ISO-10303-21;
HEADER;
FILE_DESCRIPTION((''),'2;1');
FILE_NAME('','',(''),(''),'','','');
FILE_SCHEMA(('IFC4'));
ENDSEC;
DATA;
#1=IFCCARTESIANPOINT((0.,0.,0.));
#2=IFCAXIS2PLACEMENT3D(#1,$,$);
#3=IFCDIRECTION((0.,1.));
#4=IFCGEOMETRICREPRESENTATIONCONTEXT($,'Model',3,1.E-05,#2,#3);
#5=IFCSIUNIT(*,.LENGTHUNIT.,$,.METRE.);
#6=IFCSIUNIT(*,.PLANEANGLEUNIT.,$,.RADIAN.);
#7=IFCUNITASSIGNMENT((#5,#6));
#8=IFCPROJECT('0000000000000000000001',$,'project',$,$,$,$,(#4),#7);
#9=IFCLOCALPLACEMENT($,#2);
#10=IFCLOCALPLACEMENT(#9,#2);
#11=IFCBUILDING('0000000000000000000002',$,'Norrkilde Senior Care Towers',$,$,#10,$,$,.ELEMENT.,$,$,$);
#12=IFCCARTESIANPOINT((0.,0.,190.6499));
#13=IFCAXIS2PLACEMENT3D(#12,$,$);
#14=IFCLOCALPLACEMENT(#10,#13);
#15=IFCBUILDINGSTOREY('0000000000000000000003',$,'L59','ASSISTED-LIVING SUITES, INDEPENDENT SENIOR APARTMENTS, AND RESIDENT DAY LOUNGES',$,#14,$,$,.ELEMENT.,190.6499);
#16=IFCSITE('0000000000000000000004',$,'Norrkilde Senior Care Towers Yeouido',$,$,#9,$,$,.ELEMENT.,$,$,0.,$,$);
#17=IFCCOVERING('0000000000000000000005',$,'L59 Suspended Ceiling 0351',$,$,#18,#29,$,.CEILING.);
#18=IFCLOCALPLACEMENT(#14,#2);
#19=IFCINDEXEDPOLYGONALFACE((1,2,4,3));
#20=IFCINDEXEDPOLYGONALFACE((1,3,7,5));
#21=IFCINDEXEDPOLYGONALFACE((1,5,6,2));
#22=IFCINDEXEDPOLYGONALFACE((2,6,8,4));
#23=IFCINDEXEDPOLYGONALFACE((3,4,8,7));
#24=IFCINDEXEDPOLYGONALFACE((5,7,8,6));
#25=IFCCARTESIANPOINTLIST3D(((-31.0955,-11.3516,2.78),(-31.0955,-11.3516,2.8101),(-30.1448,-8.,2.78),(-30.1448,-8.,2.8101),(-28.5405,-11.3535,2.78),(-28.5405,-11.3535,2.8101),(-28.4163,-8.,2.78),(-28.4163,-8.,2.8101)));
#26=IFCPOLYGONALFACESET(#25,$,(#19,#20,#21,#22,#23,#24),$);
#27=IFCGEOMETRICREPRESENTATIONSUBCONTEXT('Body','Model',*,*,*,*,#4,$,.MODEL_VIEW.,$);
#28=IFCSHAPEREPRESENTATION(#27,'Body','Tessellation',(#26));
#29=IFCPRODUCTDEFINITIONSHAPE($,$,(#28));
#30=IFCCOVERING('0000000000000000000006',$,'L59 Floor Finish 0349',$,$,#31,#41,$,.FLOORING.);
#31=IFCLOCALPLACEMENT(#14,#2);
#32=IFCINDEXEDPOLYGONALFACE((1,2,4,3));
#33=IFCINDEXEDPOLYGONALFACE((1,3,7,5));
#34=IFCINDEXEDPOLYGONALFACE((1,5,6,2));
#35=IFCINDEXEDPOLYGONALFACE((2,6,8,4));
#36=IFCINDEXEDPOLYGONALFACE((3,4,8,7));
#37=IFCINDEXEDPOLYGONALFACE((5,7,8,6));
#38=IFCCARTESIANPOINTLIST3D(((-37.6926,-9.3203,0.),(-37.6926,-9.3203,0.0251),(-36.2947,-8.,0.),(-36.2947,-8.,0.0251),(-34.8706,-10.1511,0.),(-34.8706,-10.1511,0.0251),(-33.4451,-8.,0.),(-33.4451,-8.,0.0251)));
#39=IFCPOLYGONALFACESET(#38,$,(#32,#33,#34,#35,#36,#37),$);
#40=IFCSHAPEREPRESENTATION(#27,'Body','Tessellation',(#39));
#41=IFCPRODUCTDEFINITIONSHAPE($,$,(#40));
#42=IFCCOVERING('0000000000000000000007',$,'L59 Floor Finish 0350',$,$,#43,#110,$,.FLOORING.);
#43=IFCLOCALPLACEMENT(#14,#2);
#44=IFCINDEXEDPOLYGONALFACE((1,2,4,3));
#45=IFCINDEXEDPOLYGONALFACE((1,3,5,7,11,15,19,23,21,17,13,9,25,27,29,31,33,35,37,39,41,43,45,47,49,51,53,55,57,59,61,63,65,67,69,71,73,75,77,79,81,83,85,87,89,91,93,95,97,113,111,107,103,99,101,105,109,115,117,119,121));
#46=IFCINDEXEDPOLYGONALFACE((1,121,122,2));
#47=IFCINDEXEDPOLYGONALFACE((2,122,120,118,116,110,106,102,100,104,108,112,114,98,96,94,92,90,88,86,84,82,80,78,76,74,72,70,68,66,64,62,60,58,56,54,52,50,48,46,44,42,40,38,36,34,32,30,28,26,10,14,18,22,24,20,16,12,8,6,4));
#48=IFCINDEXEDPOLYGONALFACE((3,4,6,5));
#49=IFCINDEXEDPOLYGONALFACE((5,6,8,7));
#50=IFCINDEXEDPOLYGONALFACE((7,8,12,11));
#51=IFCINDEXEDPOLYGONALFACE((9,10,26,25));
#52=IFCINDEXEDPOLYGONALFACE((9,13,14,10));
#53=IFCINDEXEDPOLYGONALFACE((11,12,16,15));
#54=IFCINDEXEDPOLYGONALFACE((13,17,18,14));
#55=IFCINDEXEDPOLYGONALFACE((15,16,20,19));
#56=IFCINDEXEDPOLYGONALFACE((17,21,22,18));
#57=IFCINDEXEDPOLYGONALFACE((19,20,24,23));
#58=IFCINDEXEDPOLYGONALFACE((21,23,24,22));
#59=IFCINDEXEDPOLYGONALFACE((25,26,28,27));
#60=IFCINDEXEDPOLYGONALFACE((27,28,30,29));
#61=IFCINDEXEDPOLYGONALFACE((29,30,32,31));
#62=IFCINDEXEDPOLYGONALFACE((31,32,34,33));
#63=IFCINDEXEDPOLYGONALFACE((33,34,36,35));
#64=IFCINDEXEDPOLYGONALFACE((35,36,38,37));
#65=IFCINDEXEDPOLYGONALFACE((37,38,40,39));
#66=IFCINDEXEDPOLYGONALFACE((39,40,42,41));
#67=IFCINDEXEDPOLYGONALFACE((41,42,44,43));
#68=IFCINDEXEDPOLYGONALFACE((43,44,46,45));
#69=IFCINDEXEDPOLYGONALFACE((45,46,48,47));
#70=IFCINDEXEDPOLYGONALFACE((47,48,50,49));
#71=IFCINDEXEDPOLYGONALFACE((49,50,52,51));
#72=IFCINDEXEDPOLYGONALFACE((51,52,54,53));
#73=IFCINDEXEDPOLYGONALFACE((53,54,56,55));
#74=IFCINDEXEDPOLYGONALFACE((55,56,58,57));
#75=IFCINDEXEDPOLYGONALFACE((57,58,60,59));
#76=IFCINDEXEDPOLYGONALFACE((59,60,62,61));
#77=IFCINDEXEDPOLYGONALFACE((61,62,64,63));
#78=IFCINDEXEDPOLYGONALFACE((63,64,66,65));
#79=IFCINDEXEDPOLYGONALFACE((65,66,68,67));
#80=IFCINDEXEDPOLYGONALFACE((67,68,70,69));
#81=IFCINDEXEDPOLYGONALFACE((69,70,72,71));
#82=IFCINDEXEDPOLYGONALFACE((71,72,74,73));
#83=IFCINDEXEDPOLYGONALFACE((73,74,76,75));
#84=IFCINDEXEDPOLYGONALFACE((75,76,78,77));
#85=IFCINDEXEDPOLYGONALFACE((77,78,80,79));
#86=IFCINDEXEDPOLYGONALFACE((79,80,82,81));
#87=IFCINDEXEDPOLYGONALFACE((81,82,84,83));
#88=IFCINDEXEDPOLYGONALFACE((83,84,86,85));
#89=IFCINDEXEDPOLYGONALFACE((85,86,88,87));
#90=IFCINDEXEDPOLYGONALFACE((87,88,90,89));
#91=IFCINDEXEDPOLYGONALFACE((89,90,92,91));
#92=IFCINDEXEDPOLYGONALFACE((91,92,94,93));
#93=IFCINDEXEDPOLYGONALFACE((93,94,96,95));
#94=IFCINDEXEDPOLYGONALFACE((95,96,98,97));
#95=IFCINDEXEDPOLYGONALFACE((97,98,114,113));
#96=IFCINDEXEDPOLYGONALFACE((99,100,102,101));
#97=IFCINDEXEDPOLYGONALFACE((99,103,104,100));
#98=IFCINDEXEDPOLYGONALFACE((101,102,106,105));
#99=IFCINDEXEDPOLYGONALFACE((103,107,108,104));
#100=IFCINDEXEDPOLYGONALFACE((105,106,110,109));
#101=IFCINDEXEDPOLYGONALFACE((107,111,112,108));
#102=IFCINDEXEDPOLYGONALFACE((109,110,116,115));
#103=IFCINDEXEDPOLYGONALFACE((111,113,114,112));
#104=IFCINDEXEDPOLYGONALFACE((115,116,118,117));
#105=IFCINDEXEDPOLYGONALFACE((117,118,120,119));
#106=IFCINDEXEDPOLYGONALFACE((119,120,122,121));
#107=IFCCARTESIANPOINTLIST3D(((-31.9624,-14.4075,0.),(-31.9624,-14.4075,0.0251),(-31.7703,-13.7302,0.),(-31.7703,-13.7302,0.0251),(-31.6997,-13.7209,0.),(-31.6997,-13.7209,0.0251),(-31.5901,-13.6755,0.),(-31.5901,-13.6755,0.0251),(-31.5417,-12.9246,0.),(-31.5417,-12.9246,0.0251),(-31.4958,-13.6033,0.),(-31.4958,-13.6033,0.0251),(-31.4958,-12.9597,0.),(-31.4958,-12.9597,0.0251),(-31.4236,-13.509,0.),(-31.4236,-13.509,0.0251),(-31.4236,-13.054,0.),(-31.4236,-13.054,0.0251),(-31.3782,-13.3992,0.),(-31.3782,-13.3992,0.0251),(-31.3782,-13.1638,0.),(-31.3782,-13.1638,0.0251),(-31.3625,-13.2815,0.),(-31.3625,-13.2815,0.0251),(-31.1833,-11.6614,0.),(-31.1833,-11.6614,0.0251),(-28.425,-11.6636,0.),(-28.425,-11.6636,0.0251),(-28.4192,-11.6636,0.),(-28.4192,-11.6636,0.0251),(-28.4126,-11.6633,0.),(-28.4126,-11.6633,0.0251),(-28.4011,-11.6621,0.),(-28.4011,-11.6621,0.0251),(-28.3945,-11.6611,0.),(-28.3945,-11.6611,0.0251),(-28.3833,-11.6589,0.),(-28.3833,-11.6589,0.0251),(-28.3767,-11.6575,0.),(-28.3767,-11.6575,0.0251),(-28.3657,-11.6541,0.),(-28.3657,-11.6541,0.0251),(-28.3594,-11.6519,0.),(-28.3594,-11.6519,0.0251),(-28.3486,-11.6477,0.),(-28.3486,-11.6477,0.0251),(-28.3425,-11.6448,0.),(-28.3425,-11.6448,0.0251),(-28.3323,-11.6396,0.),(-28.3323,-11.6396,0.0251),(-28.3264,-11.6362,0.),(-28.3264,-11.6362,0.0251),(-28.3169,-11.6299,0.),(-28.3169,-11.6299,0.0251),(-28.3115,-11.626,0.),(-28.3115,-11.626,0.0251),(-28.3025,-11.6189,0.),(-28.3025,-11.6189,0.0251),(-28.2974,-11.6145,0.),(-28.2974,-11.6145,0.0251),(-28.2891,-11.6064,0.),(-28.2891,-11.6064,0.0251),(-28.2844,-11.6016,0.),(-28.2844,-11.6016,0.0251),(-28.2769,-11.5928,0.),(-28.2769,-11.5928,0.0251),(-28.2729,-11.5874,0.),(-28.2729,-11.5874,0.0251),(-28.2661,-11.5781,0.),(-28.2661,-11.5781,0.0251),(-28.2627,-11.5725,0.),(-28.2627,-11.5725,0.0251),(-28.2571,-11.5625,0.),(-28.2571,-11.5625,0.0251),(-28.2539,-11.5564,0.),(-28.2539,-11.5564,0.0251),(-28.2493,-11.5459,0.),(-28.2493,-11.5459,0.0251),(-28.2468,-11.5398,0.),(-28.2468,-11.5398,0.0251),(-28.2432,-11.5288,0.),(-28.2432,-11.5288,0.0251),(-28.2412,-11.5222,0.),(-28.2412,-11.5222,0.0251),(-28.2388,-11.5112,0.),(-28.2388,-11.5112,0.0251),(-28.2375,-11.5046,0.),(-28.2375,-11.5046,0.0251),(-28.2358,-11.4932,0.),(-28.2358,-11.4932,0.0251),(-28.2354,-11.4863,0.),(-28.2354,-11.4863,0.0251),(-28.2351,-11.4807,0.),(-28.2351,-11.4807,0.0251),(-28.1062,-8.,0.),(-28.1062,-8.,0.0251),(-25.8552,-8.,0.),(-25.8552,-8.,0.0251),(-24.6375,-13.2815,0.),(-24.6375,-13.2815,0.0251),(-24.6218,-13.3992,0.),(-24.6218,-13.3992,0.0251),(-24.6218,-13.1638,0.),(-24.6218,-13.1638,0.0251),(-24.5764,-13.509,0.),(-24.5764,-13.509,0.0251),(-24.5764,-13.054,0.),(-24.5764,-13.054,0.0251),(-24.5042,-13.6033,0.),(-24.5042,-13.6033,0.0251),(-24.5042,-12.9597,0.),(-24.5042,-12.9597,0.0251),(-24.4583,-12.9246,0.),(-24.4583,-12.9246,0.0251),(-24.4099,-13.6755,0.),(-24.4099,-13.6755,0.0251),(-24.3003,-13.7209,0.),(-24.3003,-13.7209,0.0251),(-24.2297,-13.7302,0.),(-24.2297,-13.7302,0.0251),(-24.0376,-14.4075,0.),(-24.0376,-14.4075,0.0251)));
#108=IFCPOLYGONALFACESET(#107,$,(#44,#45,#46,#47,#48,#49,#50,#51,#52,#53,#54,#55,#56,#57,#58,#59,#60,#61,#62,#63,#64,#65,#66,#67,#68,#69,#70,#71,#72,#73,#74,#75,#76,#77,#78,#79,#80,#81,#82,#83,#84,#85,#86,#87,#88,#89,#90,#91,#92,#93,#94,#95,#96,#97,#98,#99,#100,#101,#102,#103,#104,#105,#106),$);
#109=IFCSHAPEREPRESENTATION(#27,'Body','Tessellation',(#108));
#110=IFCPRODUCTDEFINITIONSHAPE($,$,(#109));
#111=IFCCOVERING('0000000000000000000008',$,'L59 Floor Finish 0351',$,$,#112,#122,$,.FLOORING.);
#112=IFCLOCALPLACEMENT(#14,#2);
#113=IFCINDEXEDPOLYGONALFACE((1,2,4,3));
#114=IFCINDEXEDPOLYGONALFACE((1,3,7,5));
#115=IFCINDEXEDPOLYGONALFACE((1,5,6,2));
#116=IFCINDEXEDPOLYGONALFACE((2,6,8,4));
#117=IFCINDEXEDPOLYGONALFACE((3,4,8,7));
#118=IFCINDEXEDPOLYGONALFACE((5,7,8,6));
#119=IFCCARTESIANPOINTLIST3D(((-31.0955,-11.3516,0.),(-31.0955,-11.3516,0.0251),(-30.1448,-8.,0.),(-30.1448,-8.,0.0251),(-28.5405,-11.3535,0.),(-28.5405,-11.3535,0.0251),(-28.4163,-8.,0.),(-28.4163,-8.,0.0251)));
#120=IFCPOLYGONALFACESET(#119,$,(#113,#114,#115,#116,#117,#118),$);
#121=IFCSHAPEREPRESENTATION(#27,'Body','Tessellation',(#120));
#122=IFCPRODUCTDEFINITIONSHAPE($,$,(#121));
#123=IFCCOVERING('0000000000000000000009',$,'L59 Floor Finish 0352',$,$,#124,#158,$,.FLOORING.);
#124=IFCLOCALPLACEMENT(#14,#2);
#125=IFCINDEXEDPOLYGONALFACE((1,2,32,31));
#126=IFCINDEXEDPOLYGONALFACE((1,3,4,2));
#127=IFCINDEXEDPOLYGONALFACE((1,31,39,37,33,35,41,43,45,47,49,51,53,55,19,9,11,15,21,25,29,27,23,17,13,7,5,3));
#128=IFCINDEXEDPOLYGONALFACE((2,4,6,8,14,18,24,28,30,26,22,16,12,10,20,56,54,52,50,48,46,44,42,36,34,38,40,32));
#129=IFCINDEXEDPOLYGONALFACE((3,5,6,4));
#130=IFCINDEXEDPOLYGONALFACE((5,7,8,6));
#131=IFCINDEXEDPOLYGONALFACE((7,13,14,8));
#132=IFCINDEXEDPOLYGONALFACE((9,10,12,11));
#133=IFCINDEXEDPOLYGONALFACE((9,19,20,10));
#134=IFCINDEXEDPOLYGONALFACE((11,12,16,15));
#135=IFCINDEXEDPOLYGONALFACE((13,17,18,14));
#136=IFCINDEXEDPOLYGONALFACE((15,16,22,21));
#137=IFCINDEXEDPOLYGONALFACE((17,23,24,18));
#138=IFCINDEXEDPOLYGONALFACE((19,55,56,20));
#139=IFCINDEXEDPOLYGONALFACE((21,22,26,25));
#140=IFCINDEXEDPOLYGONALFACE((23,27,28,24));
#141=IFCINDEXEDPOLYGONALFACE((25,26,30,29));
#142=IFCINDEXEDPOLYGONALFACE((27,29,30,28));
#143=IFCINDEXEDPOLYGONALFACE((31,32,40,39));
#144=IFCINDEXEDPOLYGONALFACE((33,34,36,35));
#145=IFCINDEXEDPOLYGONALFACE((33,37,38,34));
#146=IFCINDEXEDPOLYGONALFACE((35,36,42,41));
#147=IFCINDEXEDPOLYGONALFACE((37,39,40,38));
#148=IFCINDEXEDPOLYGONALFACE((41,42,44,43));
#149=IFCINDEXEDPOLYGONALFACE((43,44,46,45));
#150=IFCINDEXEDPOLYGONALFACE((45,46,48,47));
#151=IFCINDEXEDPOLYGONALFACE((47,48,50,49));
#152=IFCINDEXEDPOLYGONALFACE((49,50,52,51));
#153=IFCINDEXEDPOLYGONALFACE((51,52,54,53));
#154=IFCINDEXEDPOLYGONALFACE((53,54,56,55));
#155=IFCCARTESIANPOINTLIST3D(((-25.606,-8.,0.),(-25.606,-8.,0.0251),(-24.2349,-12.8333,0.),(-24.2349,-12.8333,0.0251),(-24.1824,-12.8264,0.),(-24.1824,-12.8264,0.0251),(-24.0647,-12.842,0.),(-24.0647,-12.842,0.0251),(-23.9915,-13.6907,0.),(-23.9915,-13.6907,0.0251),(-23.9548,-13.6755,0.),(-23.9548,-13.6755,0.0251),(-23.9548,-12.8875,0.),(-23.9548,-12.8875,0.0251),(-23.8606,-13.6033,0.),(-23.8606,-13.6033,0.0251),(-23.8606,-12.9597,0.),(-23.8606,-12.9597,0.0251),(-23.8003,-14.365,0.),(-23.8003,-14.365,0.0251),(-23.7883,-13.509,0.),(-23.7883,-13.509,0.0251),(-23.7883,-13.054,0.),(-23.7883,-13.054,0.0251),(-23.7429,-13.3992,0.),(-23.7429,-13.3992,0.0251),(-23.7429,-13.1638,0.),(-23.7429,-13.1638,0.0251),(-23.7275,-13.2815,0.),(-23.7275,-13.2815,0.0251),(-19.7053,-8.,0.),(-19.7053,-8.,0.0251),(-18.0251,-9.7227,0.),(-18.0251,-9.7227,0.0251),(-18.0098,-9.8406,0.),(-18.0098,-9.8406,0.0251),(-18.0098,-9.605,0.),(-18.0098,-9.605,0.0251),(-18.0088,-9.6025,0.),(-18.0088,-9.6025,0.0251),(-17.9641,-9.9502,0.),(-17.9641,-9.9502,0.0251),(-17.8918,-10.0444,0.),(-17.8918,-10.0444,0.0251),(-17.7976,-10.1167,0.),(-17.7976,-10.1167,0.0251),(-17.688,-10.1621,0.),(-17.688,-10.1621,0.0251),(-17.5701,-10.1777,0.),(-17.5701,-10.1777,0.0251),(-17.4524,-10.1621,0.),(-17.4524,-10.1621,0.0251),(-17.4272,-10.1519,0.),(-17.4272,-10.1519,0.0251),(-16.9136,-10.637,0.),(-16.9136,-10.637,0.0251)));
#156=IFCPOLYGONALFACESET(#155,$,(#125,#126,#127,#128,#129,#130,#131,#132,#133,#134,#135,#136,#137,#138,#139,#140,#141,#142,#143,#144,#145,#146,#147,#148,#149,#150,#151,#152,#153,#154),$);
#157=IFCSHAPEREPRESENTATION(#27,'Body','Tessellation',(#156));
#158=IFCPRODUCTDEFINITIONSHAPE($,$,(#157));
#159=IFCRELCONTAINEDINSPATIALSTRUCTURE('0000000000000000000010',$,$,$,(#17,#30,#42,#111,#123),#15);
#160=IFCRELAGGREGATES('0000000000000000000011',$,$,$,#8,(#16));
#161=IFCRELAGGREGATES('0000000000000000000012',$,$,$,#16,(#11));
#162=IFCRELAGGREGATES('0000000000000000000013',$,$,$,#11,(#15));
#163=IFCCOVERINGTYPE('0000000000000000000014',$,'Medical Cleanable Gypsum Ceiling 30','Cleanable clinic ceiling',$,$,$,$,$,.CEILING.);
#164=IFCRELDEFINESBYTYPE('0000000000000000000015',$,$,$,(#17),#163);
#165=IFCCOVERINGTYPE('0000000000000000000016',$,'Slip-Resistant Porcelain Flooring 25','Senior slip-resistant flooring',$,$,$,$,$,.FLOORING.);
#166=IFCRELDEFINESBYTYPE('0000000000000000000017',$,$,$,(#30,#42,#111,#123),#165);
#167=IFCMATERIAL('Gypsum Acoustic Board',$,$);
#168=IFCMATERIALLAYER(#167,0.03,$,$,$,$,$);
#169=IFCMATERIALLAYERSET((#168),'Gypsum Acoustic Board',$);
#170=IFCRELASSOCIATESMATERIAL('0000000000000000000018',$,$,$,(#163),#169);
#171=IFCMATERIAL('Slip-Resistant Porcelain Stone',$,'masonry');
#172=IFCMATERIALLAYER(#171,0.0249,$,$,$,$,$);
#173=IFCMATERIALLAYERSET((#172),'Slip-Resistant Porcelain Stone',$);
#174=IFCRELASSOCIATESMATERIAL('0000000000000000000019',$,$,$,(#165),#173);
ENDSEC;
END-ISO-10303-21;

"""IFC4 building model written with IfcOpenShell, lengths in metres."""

from ifc_helpers import new_model, si_unit, direction, frame, origin, place, context, subcontext, project, spatial, polyline, outline, extrude, material, layer, layer_set, type_object, element, save


model = new_model("IFC4")

# Units and contexts
model_context = context("Model", 3, precision=1e-05, world=origin(), true_north=direction((0.0, 1.0)))
body_context = subcontext(model_context, "Body", "Model", "MODEL_VIEW")
ifc_project = project(units=[si_unit("LENGTHUNIT", "METRE"), si_unit("PLANEANGLEUNIT", "RADIAN")], contexts=[model_context])

# Site, building, storey
site_placement = place(None, origin())
site = spatial("IfcSite", under=ifc_project, at=site_placement, Name="Norrkilde Senior Care Towers Yeouido", CompositionType="ELEMENT", RefElevation=0.0)
building_placement = place(site_placement, origin())
building = spatial("IfcBuilding", under=site, at=building_placement, Name="Norrkilde Senior Care Towers", CompositionType="ELEMENT")
storey_placement = place(building_placement, frame((0.0, 0.0, 190.6499)))
storey = spatial("IfcBuildingStorey", under=building, at=storey_placement, Name="L59", Description="ASSISTED-LIVING SUITES, INDEPENDENT SENIOR APARTMENTS, AND RESIDENT DAY LOUNGES", CompositionType="ELEMENT", Elevation=190.6499)

# Shared definitions
ifc_material_1 = material(Name="Gypsum Acoustic Board")

# Coverings
ifc_layer_1 = layer(ifc_material_1, 0.03)
ifc_layer_set_1 = layer_set([ifc_layer_1], Name="Gypsum Acoustic Board")
covering_type_1 = type_object("IfcCoveringType", Name="Medical Cleanable Gypsum Ceiling 30", Description="Cleanable clinic ceiling", PredefinedType="CEILING", material=ifc_layer_set_1)
covering_1_placement = place(storey_placement, frame((0.0, 0.0, 2.78)))
element("IfcCovering", 1, at=covering_1_placement, inside=storey, type_object=covering_type_1, Name="L59 Suspended Ceiling 0351", PredefinedType="CEILING", context=body_context, shape_type="SweptSolid", body=[
    extrude(outline(polyline([(-31.0955, -11.3516), (-30.1448, -8.0), (-28.4163, -8.0), (-28.5405, -11.3535), (-31.0955, -11.3516)])), origin(), (0.0, 0.0, 1.0), 0.03),
])
ifc_material_2 = material(Name="Slip-Resistant Porcelain Stone", Category="masonry")
ifc_layer_2 = layer(ifc_material_2, 0.0249)
ifc_layer_set_2 = layer_set([ifc_layer_2], Name="Slip-Resistant Porcelain Stone")
covering_type_2 = type_object("IfcCoveringType", Name="Slip-Resistant Porcelain Flooring 25", Description="Senior slip-resistant flooring", PredefinedType="FLOORING", material=ifc_layer_set_2)
covering_2_placement = place(storey_placement, origin())
element("IfcCovering", 2, at=covering_2_placement, inside=storey, type_object=covering_type_2, Name="L59 Floor Finish 0349", PredefinedType="FLOORING", context=body_context, shape_type="SweptSolid", body=[
    extrude(outline(polyline([(-37.6926, -9.3203), (-36.2947, -8.0), (-33.4451, -8.0), (-34.8706, -10.1511), (-37.6926, -9.3203)])), origin(), (0.0, 0.0, 1.0), 0.0251),
])
covering_3_placement = place(storey_placement, origin())
element("IfcCovering", 3, at=covering_3_placement, inside=storey, type_object=covering_type_2, Name="L59 Floor Finish 0350", PredefinedType="FLOORING", context=body_context, shape_type="SweptSolid", body=[
    extrude(outline(polyline([(-28.3767, -11.6575), (-28.3657, -11.6541), (-28.3594, -11.6519), (-28.3486, -11.6477), (-28.3425, -11.6448), (-28.3323, -11.6396), (-28.3264, -11.6362), (-28.3169, -11.6299), (-28.3115, -11.626), (-28.3025, -11.6189), (-28.2974, -11.6145), (-28.2891, -11.6064), (-28.2844, -11.6016), (-28.2769, -11.5928), (-28.2729, -11.5874), (-28.2661, -11.5781), (-28.2627, -11.5725), (-28.2571, -11.5625), (-28.2539, -11.5564), (-28.2493, -11.5459), (-28.2468, -11.5398), (-28.2432, -11.5288), (-28.2412, -11.5222), (-28.2388, -11.5112), (-28.2375, -11.5046), (-28.2358, -11.4932), (-28.2354, -11.4863), (-28.2351, -11.4807), (-28.1062, -8.0), (-25.8552, -8.0), (-24.4583, -12.9246), (-24.5042, -12.9597), (-24.5764, -13.054), (-24.6218, -13.1638), (-24.6375, -13.2815), (-24.6218, -13.3992), (-24.5764, -13.509), (-24.5042, -13.6033), (-24.4099, -13.6755), (-24.3003, -13.7209), (-24.2297, -13.7302), (-24.0376, -14.4075), (-31.9624, -14.4075), (-31.7703, -13.7302), (-31.6997, -13.7209), (-31.5901, -13.6755), (-31.4958, -13.6033), (-31.4236, -13.509), (-31.3782, -13.3992), (-31.3625, -13.2815), (-31.3782, -13.1638), (-31.4236, -13.054), (-31.4958, -12.9597), (-31.5417, -12.9246), (-31.1833, -11.6614), (-28.425, -11.6636), (-28.4192, -11.6636), (-28.4126, -11.6633), (-28.4011, -11.6621), (-28.3945, -11.6611), (-28.3833, -11.6589), (-28.3767, -11.6575)])), origin(), (0.0, 0.0, 1.0), 0.0251),
])
covering_4_placement = place(storey_placement, origin())
element("IfcCovering", 4, at=covering_4_placement, inside=storey, type_object=covering_type_2, Name="L59 Floor Finish 0351", PredefinedType="FLOORING", context=body_context, shape_type="SweptSolid", body=[
    extrude(outline(polyline([(-31.0955, -11.3516), (-30.1448, -8.0), (-28.4163, -8.0), (-28.5405, -11.3535), (-31.0955, -11.3516)])), origin(), (0.0, 0.0, 1.0), 0.0251),
])
covering_5_placement = place(storey_placement, origin())
element("IfcCovering", 5, at=covering_5_placement, inside=storey, type_object=covering_type_2, Name="L59 Floor Finish 0352", PredefinedType="FLOORING", context=body_context, shape_type="SweptSolid", body=[
    extrude(outline(polyline([(-23.8003, -14.365), (-23.9915, -13.6907), (-23.9548, -13.6755), (-23.8606, -13.6033), (-23.7883, -13.509), (-23.7429, -13.3992), (-23.7275, -13.2815), (-23.7429, -13.1638), (-23.7883, -13.054), (-23.8606, -12.9597), (-23.9548, -12.8875), (-24.0647, -12.842), (-24.1824, -12.8264), (-24.2349, -12.8333), (-25.606, -8.0), (-19.7053, -8.0), (-18.0088, -9.6025), (-18.0098, -9.605), (-18.0251, -9.7227), (-18.0098, -9.8406), (-17.9641, -9.9502), (-17.8918, -10.0444), (-17.7976, -10.1167), (-17.688, -10.1621), (-17.5701, -10.1777), (-17.4524, -10.1621), (-17.4272, -10.1519), (-16.9136, -10.637), (-23.8003, -14.365)])), origin(), (0.0, 0.0, 1.0), 0.0251),
])

save(model, "model.ifc")
